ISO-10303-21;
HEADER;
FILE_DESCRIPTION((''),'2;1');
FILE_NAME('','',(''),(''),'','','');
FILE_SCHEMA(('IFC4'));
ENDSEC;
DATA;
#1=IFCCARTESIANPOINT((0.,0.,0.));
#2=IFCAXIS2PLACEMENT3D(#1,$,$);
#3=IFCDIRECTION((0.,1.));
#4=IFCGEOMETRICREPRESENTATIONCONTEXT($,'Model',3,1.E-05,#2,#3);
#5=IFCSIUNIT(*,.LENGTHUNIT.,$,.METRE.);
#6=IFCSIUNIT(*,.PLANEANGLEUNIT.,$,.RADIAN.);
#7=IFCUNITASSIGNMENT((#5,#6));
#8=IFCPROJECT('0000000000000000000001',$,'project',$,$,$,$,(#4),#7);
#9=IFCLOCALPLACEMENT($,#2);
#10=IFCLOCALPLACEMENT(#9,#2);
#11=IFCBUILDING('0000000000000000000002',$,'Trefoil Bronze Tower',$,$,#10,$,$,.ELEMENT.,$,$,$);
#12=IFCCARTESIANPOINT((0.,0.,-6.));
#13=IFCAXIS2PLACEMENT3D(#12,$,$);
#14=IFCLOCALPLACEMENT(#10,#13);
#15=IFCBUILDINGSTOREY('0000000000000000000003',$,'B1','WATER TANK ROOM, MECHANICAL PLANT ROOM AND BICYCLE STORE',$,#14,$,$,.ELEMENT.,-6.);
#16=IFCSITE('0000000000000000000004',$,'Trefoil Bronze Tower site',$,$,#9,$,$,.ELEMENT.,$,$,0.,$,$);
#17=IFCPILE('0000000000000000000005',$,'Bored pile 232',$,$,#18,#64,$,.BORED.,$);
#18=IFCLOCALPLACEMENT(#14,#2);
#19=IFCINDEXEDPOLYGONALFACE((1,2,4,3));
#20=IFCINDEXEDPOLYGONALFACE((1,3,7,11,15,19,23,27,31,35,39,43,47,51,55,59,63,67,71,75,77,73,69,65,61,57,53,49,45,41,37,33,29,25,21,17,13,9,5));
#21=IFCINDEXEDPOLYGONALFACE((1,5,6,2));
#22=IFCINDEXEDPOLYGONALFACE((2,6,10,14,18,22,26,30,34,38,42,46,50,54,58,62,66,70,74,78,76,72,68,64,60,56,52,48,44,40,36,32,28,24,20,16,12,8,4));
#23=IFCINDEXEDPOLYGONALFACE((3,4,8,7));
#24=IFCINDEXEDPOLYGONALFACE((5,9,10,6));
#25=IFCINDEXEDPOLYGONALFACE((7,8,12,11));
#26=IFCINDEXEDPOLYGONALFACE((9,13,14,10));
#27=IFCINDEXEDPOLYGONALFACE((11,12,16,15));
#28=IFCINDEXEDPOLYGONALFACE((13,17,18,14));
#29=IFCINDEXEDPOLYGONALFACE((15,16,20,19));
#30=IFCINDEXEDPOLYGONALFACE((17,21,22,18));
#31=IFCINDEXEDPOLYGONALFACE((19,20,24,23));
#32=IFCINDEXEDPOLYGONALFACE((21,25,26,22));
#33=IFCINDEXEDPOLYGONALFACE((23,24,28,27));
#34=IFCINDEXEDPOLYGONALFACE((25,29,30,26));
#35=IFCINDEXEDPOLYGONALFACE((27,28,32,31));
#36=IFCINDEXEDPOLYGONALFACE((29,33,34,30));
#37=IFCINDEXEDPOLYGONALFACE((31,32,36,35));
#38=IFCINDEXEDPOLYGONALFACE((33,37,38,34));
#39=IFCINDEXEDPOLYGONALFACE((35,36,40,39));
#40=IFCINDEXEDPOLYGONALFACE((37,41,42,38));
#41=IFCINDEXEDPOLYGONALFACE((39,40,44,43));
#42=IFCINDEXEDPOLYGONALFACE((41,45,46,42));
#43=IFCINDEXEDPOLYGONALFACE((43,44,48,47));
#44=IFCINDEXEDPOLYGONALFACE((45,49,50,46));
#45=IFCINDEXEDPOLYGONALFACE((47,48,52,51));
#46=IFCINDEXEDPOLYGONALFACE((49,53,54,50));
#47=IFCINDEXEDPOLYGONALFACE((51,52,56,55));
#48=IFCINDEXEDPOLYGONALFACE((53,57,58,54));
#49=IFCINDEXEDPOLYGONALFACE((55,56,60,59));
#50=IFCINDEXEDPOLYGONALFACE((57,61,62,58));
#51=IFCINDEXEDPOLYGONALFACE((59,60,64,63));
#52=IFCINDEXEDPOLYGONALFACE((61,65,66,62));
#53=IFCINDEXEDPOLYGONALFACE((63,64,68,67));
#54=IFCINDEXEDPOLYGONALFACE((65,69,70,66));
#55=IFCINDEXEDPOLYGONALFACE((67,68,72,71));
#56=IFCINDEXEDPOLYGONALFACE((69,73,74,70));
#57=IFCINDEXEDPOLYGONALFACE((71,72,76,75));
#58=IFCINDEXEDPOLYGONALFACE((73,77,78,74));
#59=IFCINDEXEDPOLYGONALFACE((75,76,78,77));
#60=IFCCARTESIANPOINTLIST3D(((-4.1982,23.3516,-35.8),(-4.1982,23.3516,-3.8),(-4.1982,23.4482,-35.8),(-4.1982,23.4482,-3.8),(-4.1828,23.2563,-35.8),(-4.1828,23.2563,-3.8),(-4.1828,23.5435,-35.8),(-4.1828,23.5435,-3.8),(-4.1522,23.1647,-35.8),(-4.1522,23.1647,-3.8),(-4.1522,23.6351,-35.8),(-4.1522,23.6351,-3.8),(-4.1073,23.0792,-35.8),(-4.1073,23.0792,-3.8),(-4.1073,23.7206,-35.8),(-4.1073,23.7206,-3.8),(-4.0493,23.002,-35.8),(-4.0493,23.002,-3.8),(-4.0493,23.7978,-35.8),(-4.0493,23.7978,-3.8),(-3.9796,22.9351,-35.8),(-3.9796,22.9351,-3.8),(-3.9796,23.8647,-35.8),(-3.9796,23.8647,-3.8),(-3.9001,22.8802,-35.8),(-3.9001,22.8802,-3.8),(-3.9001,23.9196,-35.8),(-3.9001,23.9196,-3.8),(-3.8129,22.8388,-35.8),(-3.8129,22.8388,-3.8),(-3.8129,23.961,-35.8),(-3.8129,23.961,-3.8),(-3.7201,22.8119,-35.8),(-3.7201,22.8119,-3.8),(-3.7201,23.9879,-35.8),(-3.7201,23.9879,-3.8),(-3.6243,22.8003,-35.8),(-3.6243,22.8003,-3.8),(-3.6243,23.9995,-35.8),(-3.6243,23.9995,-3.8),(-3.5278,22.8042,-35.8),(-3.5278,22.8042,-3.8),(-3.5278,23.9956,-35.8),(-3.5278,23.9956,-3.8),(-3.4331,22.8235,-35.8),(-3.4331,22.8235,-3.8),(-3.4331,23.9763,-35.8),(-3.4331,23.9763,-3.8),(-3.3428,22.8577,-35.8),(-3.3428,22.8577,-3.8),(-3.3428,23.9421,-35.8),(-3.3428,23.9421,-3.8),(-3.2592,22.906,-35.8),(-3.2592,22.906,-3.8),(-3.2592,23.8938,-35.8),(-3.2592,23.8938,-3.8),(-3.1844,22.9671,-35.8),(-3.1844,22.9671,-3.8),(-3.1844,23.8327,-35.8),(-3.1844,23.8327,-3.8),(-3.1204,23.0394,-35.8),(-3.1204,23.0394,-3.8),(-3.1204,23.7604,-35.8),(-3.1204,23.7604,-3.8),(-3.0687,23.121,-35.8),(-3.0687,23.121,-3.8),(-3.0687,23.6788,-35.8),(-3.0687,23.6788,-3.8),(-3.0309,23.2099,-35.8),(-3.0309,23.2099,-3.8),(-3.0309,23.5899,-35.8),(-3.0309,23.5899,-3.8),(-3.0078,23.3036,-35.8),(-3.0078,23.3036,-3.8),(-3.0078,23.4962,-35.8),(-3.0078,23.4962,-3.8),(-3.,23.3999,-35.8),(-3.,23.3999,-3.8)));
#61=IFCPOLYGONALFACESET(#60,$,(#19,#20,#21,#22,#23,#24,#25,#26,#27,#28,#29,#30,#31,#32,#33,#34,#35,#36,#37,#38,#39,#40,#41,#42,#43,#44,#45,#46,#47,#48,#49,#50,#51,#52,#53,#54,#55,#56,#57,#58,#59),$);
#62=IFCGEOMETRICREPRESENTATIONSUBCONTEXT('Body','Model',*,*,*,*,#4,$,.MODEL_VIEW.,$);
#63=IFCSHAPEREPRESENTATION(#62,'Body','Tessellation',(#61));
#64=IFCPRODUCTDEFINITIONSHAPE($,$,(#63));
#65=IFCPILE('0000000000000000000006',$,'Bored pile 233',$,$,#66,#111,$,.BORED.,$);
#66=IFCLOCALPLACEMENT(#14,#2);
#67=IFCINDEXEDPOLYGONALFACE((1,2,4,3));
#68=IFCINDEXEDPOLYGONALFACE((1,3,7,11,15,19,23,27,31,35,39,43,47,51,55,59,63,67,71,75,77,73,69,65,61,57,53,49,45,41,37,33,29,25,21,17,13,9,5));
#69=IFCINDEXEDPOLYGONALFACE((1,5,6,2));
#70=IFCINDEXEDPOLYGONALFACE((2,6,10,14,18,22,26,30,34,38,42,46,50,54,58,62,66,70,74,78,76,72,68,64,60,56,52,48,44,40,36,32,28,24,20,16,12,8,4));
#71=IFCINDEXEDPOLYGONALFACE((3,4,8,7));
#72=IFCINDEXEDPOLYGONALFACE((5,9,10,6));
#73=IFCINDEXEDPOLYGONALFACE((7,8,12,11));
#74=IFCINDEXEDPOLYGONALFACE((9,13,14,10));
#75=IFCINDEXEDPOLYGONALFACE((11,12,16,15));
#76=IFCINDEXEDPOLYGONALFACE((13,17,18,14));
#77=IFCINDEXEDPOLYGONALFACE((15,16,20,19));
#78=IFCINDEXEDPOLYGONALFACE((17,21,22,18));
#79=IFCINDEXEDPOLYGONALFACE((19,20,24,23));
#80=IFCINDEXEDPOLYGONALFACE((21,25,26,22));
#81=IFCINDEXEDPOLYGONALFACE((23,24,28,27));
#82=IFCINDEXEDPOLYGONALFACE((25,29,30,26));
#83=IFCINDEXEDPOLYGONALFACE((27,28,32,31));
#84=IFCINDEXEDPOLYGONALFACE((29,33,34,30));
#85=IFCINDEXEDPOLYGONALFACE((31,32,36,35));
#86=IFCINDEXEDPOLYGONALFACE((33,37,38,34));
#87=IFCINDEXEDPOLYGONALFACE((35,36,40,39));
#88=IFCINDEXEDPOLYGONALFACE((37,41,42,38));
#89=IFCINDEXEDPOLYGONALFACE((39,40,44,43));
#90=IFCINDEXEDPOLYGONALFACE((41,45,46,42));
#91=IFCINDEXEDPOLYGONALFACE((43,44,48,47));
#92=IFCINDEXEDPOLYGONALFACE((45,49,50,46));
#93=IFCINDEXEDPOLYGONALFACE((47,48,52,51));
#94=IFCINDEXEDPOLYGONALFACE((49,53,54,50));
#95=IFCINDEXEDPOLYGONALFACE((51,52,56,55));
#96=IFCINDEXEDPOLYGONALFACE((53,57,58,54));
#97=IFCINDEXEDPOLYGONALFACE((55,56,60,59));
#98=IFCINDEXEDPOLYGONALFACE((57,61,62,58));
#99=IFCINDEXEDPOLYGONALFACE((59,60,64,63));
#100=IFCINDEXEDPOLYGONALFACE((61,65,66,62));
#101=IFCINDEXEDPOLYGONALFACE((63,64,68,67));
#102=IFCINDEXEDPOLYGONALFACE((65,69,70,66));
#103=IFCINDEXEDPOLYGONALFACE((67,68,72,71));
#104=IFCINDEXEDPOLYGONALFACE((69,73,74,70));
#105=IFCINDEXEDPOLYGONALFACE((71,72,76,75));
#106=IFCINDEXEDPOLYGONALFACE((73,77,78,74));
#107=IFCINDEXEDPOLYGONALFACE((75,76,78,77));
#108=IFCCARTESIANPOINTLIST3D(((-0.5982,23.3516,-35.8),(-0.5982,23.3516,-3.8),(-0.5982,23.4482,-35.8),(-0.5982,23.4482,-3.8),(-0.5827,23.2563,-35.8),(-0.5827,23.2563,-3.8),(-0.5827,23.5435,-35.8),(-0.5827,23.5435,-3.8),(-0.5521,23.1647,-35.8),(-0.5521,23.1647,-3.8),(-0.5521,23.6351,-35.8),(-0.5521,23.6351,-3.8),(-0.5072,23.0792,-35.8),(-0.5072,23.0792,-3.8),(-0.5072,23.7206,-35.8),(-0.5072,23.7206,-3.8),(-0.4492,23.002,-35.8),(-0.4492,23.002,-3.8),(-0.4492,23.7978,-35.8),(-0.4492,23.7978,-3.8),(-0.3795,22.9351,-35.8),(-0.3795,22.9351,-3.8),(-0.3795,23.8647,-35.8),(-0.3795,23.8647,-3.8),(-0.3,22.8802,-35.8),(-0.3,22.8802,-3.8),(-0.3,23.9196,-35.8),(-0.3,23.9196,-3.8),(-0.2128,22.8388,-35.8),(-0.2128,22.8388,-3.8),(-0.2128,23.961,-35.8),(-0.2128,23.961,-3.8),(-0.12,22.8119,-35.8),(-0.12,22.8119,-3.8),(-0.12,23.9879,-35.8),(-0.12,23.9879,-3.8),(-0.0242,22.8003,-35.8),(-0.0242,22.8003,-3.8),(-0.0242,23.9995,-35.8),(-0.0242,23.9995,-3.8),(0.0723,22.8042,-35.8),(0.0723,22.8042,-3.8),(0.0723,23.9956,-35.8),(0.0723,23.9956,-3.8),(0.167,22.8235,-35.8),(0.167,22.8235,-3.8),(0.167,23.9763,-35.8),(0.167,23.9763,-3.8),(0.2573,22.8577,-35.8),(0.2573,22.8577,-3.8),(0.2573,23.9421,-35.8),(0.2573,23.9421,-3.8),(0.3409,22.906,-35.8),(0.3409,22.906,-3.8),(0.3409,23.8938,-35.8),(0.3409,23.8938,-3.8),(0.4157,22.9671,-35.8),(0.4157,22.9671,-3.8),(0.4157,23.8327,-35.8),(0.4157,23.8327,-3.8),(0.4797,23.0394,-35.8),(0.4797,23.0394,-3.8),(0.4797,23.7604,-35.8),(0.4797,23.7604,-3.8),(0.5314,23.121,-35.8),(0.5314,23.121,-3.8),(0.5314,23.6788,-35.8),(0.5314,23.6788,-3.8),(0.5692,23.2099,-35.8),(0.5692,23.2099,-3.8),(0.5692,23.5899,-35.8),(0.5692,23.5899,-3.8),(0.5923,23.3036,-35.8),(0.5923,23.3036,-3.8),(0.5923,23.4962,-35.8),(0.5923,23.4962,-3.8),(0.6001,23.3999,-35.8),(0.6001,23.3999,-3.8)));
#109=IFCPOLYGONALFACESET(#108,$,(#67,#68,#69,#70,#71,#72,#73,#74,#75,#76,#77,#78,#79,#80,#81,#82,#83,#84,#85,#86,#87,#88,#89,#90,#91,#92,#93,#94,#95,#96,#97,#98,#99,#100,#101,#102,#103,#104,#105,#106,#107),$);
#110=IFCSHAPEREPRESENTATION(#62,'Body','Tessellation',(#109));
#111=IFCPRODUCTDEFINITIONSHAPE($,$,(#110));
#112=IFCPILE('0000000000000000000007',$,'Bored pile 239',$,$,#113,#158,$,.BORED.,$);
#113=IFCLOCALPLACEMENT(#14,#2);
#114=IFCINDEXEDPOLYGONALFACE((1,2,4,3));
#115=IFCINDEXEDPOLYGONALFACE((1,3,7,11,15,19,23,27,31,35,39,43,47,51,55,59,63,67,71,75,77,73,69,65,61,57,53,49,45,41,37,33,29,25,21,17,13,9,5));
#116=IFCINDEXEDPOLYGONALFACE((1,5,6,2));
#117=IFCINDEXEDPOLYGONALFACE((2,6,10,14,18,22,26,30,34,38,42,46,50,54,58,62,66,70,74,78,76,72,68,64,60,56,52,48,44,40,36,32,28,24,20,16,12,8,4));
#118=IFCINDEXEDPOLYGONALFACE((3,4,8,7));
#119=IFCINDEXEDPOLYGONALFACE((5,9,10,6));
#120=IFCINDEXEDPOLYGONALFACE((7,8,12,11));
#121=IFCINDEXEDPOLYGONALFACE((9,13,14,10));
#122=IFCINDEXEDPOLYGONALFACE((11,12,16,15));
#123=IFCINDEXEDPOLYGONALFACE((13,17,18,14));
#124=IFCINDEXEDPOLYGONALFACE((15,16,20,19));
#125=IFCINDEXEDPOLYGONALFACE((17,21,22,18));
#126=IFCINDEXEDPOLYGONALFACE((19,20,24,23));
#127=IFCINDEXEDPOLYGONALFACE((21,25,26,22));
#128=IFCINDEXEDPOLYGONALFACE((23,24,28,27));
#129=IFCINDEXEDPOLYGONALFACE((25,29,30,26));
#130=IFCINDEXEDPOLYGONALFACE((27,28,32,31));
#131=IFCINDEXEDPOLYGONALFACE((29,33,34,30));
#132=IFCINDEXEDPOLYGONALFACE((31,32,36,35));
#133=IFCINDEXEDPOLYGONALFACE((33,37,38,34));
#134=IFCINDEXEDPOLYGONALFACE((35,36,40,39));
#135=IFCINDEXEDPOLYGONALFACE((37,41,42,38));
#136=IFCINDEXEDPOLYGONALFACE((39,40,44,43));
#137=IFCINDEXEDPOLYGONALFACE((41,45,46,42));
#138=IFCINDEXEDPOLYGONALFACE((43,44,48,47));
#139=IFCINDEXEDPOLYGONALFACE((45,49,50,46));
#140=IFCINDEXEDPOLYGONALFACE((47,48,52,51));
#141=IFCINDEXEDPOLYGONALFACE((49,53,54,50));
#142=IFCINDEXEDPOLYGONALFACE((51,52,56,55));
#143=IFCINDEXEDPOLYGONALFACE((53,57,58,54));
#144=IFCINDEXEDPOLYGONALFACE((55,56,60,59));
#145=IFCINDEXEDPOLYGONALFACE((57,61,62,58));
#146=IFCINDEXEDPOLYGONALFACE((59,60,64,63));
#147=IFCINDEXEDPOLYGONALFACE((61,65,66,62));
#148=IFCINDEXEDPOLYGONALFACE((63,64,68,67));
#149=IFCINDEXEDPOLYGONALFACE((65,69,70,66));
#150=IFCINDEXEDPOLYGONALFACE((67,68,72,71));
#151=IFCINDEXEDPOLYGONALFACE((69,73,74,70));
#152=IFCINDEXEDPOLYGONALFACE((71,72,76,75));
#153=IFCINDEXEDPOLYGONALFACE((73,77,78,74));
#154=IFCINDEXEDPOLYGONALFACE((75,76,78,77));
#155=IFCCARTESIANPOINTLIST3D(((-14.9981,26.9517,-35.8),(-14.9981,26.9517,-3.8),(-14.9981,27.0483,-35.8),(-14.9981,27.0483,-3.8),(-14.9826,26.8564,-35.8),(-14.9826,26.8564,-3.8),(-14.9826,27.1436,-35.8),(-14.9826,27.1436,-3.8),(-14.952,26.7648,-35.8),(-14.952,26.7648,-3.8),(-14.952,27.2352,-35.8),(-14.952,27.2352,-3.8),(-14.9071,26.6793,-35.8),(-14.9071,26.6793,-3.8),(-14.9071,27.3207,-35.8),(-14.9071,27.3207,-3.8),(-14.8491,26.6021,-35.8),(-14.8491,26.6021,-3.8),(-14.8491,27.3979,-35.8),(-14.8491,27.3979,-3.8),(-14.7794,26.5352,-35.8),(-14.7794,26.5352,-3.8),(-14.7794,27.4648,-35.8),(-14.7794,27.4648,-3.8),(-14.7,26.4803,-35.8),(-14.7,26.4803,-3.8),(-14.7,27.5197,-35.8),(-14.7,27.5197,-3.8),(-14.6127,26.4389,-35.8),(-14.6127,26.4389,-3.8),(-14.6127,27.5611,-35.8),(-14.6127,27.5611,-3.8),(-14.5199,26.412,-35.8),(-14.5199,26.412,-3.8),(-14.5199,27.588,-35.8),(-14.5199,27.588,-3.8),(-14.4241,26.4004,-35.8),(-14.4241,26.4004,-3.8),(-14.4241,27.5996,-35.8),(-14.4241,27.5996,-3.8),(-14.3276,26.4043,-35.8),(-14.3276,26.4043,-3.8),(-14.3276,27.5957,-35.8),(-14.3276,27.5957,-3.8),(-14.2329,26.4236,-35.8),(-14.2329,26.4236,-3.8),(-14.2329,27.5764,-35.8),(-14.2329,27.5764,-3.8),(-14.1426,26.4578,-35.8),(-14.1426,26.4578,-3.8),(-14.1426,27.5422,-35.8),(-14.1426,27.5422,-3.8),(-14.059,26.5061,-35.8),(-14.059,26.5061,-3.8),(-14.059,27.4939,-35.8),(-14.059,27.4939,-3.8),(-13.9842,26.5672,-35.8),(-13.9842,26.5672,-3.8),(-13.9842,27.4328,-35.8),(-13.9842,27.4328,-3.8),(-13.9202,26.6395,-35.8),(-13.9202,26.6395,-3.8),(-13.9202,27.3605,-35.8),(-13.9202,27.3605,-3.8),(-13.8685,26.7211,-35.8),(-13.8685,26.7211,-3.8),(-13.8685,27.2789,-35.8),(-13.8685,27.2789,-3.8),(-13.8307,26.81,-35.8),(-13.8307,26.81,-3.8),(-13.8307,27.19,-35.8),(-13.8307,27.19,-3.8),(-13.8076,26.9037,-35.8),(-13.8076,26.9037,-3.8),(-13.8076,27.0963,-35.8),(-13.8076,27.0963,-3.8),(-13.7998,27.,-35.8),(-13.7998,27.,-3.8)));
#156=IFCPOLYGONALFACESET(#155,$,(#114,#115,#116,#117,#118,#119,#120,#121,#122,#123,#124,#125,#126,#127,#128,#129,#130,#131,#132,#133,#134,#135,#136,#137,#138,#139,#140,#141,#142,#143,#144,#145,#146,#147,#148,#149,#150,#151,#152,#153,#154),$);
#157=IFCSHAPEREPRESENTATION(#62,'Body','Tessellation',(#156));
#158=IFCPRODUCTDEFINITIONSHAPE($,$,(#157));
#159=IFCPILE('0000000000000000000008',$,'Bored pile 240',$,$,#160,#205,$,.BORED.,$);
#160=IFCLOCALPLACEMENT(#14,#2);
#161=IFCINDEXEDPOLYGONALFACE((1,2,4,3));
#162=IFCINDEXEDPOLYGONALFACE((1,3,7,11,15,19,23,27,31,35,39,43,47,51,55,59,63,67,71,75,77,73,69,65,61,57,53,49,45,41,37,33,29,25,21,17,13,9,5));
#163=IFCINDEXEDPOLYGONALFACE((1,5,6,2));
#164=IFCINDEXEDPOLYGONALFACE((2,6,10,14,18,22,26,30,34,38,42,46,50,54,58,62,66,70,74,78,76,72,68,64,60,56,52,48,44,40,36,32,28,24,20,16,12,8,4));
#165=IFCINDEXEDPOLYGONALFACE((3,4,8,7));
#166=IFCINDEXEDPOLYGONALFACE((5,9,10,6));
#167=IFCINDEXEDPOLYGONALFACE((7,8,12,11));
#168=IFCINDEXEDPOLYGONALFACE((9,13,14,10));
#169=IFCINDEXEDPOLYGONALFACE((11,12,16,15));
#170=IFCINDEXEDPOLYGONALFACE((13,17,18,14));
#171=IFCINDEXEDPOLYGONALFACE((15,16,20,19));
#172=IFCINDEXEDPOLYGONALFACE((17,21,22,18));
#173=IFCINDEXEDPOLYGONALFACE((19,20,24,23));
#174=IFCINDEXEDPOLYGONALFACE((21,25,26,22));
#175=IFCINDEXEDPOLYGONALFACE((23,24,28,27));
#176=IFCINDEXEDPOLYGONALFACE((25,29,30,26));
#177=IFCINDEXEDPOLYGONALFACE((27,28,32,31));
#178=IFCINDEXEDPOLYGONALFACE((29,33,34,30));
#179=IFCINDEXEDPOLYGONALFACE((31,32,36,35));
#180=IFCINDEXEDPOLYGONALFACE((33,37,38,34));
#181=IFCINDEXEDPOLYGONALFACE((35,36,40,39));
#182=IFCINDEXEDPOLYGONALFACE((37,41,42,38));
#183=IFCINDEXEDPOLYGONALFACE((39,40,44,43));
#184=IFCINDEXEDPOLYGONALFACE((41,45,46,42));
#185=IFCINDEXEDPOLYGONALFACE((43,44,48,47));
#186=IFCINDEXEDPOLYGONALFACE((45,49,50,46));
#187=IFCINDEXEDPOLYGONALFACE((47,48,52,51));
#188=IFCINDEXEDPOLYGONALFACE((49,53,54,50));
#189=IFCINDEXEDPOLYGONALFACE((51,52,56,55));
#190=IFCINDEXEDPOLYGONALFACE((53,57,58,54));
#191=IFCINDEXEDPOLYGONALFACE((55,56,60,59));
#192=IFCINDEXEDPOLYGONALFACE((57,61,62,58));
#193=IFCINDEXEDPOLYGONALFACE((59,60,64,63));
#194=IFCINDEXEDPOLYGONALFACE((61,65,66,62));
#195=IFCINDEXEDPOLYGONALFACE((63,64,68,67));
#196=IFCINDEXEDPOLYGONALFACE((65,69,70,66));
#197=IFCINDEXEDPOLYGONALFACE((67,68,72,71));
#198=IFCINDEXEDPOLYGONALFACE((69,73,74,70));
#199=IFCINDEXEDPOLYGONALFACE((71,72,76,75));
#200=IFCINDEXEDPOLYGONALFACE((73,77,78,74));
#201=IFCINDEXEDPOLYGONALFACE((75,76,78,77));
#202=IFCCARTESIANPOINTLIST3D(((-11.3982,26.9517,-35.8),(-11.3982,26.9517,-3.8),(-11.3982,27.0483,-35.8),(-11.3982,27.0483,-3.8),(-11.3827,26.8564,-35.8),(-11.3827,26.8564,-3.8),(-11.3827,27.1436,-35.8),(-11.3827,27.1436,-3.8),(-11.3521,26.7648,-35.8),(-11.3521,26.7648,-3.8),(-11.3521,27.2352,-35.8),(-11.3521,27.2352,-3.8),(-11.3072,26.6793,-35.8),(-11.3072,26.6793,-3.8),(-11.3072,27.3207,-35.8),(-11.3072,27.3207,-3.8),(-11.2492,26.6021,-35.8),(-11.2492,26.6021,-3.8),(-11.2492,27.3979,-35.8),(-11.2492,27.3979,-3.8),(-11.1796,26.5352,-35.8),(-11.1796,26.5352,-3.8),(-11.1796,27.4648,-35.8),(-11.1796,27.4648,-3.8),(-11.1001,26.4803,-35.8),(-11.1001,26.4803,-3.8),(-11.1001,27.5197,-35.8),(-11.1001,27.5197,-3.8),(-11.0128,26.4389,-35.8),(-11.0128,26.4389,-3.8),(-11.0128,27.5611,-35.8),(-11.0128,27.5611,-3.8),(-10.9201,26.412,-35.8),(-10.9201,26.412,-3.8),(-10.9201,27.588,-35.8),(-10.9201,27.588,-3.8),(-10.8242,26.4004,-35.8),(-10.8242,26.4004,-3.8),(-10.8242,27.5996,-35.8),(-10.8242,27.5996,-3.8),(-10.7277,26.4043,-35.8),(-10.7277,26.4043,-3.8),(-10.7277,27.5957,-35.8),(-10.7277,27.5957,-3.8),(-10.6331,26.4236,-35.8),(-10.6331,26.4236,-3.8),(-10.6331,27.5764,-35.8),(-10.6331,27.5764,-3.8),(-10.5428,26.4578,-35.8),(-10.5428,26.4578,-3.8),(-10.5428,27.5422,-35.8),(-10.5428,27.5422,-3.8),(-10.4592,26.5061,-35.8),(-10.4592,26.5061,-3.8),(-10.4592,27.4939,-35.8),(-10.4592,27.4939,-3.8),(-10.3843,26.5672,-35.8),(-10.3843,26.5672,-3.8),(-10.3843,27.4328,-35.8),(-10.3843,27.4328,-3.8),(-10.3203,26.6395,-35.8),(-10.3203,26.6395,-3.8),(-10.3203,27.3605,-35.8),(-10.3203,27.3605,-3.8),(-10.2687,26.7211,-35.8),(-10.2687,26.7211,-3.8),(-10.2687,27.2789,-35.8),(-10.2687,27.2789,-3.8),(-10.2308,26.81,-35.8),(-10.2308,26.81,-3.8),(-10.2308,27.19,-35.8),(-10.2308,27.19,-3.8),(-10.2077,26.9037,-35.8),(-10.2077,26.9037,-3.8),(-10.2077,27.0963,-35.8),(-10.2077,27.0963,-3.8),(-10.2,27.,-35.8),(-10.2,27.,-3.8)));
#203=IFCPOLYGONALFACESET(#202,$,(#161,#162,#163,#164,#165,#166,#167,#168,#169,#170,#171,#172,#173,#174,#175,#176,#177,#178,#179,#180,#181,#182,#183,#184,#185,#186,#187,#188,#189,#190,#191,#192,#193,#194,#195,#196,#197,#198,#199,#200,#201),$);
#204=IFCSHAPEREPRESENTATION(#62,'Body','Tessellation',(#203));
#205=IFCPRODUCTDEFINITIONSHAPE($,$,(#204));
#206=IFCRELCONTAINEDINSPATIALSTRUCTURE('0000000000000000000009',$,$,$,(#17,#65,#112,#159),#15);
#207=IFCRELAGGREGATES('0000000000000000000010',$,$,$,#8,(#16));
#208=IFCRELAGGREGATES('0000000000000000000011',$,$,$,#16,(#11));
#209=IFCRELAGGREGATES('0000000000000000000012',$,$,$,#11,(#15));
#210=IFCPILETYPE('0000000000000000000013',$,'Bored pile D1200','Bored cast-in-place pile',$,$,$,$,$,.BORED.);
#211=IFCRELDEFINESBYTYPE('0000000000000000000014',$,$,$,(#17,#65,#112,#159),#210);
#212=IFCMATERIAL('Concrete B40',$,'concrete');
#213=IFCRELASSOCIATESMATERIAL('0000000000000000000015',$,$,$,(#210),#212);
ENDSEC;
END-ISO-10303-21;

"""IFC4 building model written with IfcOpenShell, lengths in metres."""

from ifc_helpers import new_model, si_unit, direction, frame, origin, origin_2d, place, context, subcontext, project, spatial, circle, extrude, material, type_object, element, save


model = new_model("IFC4")

# Units and contexts
model_context = context("Model", 3, precision=1e-05, world=origin(), true_north=direction((0.0, 1.0)))
body_context = subcontext(model_context, "Body", "Model", "MODEL_VIEW")
ifc_project = project(units=[si_unit("LENGTHUNIT", "METRE"), si_unit("PLANEANGLEUNIT", "RADIAN")], contexts=[model_context])

# Site, building, storey
site_placement = place(None, origin())
site = spatial("IfcSite", under=ifc_project, at=site_placement, Name="Trefoil Bronze Tower site", CompositionType="ELEMENT", RefElevation=0.0)
building_placement = place(site_placement, origin())
building = spatial("IfcBuilding", under=site, at=building_placement, Name="Trefoil Bronze Tower", CompositionType="ELEMENT")
storey_placement = place(building_placement, frame((0.0, 0.0, -6.0)))
storey = spatial("IfcBuildingStorey", under=building, at=storey_placement, Name="B1", Description="WATER TANK ROOM, MECHANICAL PLANT ROOM AND BICYCLE STORE", CompositionType="ELEMENT", Elevation=-6.0)

# Piles
ifc_material_1 = material(Name="Concrete B40", Category="concrete")
pile_type = type_object("IfcPileType", Name="Bored pile D1200", Description="Bored cast-in-place pile", PredefinedType="BORED", material=ifc_material_1)
for number, where, z_axis, x_axis, name in (
    (1, (-3.6001, 23.3999, -3.8), (0.0, 0.0, -1.0), (1.0, 0.0, 0.0), "Bored pile 232"),
    (2, (0.0, 23.3999, -3.8), (0.0, 0.0, -1.0), (1.0, 0.0, 0.0), "Bored pile 233"),
    (3, (-14.3999, 27.0, -3.8), (0.0, 0.0, -1.0), (1.0, 0.0, 0.0), "Bored pile 239"),
    (4, (-10.8, 27.0, -3.8), (0.0, 0.0, -1.0), (1.0, 0.0, 0.0), "Bored pile 240"),
):
    element("IfcPile", number, at=place(storey_placement, frame(where, z_axis=z_axis, x_axis=x_axis)), inside=storey, type_object=pile_type, Name=name, PredefinedType="BORED", context=body_context, shape_type="SweptSolid", body=[
        extrude(circle(Radius=0.6001, at=origin_2d()), origin(), (0.0, 0.0, 1.0), 32.0),
    ])

save(model, "model.ifc")
